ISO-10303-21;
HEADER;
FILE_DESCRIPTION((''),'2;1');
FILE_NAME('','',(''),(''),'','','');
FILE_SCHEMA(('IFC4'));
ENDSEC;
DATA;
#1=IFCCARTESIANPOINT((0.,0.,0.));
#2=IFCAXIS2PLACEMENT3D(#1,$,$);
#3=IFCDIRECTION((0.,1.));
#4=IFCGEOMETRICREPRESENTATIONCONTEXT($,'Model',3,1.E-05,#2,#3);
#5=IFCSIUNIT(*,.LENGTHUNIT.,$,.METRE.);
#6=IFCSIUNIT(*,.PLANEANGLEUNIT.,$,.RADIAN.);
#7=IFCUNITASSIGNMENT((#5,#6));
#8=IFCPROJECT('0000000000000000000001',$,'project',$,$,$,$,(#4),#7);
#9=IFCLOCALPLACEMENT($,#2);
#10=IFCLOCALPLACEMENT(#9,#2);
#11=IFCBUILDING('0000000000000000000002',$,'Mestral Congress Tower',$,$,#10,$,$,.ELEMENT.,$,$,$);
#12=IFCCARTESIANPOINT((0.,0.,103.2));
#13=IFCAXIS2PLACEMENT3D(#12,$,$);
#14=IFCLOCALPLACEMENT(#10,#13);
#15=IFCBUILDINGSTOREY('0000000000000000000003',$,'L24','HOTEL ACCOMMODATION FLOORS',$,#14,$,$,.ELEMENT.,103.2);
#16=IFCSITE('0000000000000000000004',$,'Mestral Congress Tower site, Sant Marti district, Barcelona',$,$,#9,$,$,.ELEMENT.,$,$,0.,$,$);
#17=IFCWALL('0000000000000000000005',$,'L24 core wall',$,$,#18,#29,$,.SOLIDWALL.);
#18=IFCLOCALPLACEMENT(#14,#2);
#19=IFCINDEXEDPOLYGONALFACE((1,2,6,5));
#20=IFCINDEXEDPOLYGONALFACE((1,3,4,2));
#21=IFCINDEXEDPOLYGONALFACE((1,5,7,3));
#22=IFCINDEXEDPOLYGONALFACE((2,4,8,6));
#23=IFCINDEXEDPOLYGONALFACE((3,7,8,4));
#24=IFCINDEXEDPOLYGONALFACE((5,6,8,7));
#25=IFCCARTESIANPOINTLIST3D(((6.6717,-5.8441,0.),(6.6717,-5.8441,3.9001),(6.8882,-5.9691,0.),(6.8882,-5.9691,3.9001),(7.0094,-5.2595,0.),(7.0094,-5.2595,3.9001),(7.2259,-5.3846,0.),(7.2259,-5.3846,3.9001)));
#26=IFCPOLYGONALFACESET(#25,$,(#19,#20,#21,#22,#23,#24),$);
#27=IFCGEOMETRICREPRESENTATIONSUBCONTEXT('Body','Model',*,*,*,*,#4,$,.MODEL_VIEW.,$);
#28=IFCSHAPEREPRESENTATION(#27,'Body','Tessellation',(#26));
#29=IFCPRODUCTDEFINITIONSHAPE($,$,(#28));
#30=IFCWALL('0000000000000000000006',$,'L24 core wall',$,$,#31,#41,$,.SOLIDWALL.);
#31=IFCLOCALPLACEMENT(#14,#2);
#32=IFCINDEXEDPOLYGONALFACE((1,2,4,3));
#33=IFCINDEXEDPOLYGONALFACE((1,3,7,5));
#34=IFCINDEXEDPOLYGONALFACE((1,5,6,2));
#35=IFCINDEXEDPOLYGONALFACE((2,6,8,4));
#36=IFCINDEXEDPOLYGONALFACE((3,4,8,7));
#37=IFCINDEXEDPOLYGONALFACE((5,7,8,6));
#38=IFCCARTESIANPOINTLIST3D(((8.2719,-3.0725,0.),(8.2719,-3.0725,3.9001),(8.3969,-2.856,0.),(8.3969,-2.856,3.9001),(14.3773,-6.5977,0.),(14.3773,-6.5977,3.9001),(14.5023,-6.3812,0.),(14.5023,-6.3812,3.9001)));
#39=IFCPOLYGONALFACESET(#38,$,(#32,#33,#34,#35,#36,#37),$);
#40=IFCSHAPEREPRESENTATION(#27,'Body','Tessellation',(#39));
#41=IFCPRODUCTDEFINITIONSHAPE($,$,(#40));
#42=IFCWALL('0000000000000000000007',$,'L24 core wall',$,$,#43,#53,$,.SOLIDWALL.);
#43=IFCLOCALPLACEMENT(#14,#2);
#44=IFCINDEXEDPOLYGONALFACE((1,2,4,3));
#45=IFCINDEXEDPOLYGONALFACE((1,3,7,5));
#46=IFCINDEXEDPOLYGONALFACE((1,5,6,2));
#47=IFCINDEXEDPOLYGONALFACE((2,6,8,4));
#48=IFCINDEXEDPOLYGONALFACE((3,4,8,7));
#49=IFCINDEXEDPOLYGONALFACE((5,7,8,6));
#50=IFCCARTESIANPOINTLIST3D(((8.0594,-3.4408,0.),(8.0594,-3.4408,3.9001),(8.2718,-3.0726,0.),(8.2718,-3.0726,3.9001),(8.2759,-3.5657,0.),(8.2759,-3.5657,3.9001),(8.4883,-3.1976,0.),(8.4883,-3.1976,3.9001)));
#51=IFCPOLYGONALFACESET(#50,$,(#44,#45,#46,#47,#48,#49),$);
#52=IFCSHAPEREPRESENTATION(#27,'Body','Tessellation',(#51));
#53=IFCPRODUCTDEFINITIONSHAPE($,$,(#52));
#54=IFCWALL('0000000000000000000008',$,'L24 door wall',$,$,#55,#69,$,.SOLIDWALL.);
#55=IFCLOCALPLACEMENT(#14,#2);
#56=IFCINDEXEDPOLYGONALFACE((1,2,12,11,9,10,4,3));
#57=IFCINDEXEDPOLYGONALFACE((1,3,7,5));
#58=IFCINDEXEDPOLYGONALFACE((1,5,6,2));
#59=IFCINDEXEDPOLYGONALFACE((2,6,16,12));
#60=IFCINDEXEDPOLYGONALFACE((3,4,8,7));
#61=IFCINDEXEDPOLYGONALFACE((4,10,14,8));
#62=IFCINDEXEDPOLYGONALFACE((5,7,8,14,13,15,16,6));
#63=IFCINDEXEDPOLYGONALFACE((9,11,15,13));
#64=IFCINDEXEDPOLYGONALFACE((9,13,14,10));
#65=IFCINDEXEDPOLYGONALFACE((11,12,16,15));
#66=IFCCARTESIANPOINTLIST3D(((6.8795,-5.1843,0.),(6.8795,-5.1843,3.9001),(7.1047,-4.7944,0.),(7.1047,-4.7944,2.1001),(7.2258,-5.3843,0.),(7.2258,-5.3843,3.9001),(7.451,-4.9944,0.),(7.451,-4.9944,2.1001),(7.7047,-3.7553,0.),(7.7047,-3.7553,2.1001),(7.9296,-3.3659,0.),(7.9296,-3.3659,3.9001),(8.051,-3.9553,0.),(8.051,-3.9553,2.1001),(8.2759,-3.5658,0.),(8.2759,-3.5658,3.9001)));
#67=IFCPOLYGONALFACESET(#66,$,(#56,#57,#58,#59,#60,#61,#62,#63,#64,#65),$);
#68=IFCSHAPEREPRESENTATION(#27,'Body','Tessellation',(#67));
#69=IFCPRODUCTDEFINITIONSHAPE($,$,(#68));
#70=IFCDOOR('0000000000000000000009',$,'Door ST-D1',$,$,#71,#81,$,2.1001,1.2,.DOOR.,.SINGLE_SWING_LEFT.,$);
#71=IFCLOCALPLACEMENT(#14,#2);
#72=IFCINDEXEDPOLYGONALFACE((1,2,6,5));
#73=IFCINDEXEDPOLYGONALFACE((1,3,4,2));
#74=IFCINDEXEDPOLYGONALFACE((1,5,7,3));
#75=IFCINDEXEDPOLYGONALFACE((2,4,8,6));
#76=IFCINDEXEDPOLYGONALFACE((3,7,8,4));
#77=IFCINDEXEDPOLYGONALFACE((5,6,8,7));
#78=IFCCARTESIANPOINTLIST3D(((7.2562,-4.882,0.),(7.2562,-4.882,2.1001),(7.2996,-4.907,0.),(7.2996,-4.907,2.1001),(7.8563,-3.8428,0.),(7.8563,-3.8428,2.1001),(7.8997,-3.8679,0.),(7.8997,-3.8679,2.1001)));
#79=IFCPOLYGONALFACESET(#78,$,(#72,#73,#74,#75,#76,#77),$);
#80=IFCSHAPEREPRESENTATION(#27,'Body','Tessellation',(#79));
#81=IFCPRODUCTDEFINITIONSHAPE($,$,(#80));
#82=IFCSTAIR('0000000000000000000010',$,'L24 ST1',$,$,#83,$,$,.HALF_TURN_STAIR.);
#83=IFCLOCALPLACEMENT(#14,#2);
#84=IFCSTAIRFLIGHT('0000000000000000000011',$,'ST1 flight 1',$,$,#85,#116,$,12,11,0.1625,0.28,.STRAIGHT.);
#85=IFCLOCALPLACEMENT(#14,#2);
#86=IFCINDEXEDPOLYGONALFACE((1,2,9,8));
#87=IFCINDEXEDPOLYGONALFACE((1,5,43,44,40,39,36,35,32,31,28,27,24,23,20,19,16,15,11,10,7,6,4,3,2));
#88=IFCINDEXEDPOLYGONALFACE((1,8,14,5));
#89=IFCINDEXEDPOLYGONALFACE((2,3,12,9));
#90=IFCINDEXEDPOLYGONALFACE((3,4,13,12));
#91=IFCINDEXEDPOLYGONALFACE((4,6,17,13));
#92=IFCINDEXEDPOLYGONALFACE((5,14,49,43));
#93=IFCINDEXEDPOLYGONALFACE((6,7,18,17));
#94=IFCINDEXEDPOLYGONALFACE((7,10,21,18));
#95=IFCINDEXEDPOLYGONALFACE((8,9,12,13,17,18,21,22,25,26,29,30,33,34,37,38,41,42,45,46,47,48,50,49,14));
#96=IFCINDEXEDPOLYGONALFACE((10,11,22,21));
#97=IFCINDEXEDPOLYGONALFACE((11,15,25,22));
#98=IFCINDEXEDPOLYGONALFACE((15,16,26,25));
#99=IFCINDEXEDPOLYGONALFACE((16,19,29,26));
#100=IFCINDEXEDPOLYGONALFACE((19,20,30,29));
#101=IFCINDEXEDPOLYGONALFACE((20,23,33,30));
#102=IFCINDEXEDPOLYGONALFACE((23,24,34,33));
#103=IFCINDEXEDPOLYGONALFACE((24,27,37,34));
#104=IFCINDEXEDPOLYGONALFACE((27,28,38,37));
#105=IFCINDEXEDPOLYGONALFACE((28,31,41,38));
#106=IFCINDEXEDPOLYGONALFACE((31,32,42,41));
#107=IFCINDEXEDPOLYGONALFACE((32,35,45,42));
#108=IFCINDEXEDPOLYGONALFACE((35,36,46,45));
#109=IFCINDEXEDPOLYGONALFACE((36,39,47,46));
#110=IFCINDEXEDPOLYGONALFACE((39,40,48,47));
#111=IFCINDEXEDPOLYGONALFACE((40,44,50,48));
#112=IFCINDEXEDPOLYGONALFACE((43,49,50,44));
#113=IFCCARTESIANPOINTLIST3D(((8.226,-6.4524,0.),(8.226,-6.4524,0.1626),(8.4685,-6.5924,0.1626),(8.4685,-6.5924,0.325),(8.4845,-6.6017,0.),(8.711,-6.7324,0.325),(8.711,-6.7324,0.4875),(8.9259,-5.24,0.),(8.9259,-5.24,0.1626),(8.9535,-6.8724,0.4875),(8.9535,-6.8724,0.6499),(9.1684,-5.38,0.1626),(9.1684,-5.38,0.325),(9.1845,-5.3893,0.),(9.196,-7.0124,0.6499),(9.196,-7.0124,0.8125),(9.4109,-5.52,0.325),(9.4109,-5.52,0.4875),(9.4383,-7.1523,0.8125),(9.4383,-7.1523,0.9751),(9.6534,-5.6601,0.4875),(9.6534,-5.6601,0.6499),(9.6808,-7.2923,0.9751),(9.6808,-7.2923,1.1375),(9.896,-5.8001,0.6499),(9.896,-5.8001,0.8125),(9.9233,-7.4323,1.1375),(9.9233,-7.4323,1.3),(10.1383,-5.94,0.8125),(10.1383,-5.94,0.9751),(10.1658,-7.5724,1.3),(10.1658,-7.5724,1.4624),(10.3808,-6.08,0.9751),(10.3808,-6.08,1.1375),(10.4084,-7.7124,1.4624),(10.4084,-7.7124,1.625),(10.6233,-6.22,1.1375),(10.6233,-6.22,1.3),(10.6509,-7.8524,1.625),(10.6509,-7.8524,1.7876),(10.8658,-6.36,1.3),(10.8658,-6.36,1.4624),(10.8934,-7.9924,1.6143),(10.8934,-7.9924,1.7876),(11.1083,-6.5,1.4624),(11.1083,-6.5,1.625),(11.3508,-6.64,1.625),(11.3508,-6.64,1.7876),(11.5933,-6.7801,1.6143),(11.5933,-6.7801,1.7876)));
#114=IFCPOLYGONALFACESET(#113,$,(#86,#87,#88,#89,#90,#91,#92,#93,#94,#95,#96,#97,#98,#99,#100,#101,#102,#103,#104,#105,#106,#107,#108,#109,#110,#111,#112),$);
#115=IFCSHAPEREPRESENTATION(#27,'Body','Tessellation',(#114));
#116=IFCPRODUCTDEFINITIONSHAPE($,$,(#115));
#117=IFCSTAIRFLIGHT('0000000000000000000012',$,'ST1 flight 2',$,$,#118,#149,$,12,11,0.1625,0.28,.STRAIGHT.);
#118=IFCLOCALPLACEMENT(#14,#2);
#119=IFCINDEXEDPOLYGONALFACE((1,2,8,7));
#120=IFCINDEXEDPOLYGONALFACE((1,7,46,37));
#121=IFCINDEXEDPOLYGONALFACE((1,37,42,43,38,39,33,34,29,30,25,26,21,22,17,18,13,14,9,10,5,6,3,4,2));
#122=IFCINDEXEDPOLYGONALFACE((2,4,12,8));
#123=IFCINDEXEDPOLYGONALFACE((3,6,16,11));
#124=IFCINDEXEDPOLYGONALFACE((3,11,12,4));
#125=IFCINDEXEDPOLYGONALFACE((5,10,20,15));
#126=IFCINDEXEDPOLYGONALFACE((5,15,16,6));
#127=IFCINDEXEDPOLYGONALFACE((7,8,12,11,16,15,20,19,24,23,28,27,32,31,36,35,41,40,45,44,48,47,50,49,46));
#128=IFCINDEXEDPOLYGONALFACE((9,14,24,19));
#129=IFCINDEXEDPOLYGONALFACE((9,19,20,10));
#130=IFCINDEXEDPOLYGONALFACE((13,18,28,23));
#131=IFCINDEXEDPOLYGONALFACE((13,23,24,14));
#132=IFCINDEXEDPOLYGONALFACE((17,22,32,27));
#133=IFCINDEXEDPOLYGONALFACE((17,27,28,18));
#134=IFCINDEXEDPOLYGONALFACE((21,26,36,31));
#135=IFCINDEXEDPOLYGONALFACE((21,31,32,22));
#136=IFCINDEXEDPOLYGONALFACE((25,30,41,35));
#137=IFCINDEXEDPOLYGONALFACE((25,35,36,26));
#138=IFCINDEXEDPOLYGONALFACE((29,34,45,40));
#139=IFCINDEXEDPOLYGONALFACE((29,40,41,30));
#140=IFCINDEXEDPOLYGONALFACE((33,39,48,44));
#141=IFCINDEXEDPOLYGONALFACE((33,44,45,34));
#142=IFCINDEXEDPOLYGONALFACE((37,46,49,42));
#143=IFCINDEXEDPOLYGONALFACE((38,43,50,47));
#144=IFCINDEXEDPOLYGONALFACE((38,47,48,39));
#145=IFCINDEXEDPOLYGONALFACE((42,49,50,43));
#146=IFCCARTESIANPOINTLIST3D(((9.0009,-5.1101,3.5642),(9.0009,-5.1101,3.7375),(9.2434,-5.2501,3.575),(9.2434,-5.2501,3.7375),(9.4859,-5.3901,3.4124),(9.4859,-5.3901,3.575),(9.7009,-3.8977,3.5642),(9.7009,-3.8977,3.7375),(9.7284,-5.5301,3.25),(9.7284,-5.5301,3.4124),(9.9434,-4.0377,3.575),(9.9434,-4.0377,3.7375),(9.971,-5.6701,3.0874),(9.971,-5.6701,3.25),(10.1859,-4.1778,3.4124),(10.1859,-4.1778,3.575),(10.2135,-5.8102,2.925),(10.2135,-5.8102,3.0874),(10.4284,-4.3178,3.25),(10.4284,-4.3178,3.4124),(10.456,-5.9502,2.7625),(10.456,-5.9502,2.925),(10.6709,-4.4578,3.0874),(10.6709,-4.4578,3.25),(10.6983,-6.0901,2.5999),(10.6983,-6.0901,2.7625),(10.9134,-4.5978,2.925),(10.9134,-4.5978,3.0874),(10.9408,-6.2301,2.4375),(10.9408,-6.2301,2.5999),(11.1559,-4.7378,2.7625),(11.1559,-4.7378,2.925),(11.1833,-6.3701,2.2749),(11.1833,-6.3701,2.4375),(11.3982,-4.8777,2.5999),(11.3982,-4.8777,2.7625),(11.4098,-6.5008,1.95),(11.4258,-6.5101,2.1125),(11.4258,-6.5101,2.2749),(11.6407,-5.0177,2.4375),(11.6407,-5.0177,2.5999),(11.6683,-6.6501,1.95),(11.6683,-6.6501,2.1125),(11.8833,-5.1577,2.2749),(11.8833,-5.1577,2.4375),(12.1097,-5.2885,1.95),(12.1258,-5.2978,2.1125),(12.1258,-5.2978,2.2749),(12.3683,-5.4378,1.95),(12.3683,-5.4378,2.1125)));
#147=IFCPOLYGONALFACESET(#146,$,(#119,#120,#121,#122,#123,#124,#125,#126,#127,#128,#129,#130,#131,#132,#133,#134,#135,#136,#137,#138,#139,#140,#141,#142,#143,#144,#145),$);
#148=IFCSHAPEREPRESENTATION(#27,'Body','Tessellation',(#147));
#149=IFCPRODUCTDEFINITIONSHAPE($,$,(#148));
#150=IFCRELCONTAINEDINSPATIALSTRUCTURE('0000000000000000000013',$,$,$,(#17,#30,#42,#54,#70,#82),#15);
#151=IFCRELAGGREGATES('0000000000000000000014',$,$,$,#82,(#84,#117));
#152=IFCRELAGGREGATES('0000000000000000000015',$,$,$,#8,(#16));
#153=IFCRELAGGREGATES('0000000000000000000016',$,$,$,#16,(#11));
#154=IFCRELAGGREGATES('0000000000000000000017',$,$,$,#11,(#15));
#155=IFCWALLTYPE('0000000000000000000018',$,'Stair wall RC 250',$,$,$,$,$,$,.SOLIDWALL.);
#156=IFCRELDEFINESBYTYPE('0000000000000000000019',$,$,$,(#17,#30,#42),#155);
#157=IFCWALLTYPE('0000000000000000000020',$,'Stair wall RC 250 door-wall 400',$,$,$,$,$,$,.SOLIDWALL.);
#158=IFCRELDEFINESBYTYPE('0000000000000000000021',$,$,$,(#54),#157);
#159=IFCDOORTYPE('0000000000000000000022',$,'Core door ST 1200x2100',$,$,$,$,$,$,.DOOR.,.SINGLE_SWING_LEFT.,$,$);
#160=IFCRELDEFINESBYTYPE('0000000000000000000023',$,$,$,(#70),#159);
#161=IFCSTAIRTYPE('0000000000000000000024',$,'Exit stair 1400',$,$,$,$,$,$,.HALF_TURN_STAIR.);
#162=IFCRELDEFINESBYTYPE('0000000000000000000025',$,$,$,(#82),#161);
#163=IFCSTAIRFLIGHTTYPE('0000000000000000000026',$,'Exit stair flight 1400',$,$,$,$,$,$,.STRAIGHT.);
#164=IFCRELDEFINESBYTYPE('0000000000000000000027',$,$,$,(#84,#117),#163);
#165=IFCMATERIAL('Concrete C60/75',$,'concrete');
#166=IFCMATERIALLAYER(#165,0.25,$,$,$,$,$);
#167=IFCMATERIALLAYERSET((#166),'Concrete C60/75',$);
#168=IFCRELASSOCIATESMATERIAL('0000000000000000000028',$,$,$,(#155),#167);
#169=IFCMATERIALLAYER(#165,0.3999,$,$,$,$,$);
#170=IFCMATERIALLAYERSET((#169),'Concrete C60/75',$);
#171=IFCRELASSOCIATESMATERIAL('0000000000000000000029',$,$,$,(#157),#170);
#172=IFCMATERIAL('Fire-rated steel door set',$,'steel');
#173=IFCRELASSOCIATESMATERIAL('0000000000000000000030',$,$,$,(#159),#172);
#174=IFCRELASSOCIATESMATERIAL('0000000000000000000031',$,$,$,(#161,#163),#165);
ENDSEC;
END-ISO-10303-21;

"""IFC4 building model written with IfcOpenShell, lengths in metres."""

from ifc_helpers import new_model, si_unit, direction, frame, frame_2d, origin, place, context, subcontext, project, spatial, polyline, rectangle, outline, extrude, material, layer, layer_set, type_object, element, fill, aggregate, save


model = new_model("IFC4")

# Units and contexts
model_context = context("Model", 3, precision=1e-05, world=origin(), true_north=direction((0.0, 1.0)))
body_context = subcontext(model_context, "Body", "Model", "MODEL_VIEW")
ifc_project = project(units=[si_unit("LENGTHUNIT", "METRE"), si_unit("PLANEANGLEUNIT", "RADIAN")], contexts=[model_context])

# Site, building, storey
site_placement = place(None, origin())
site = spatial("IfcSite", under=ifc_project, at=site_placement, Name="Mestral Congress Tower site, Sant Marti district, Barcelona", CompositionType="ELEMENT", RefElevation=0.0)
building_placement = place(site_placement, origin())
building = spatial("IfcBuilding", under=site, at=building_placement, Name="Mestral Congress Tower", CompositionType="ELEMENT")
storey_placement = place(building_placement, frame((0.0, 0.0, 103.2)))
storey = spatial("IfcBuildingStorey", under=building, at=storey_placement, Name="L24", Description="HOTEL ACCOMMODATION FLOORS", CompositionType="ELEMENT", Elevation=103.2)

# Shared definitions
ifc_material_1 = material(Name="Fire-rated steel door set", Category="steel")

# Shared definitions
ifc_material_2 = material(Name="Concrete C60/75", Category="concrete")

# Walls
ifc_layer_1 = layer(ifc_material_2, 0.25)
ifc_layer_set_1 = layer_set([ifc_layer_1], Name="Concrete C60/75")
wall_type_1 = type_object("IfcWallType", Name="Stair wall RC 250", PredefinedType="SOLIDWALL", material=ifc_layer_set_1)
wall_1_placement = place(storey_placement, frame((6.78, -5.9065, 0.0), z_axis=(0.0, 0.0, 1.0), x_axis=(0.500223, 0.865896, 0.0)))
element("IfcWall", 1, at=wall_1_placement, inside=storey, type_object=wall_type_1, Name="L24 core wall", PredefinedType="SOLIDWALL", context=body_context, shape_type="SweptSolid", body=[
    extrude(rectangle(XDim=0.675, YDim=0.25, at=frame_2d((0.3374, 0.0))), origin(), (0.0, 0.0, 1.0), 3.9001),
])
wall_2_placement = place(storey_placement, frame((8.3345, -2.9644, 0.0), z_axis=(0.0, 0.0, 1.0), x_axis=(0.866016, -0.500016, 0.0)))
element("IfcWall", 2, at=wall_2_placement, inside=storey, type_object=wall_type_1, Name="L24 core wall", PredefinedType="SOLIDWALL", context=body_context, shape_type="SweptSolid", body=[
    extrude(rectangle(XDim=7.05, YDim=0.25, at=frame_2d((3.5249, 0.0))), origin(), (0.0, 0.0, 1.0), 3.9001),
])
wall_3_placement = place(storey_placement, frame((8.1677, -3.5032, 0.0), z_axis=(0.0, 0.0, 1.0), x_axis=(0.499722, 0.866186, 0.0)))
element("IfcWall", 3, at=wall_3_placement, inside=storey, type_object=wall_type_1, Name="L24 core wall", PredefinedType="SOLIDWALL", context=body_context, shape_type="SweptSolid", body=[
    extrude(rectangle(XDim=0.425, YDim=0.25, at=frame_2d((0.2124, 0.0))), origin(), (0.0, 0.0, 1.0), 3.9001),
])

# Wall, opening, door
ifc_layer_2 = layer(ifc_material_2, 0.3999)
ifc_layer_set_2 = layer_set([ifc_layer_2], Name="Concrete C60/75")
wall_type_2 = type_object("IfcWallType", Name="Stair wall RC 250 door-wall 400", PredefinedType="SOLIDWALL", material=ifc_layer_set_2)
wall_4_placement = place(storey_placement, frame((7.0527, -5.2842, 0.0), z_axis=(0.0, 0.0, 1.0), x_axis=(0.500078, 0.86598, 0.0)))
wall_4 = element("IfcWall", 4, at=wall_4_placement, inside=storey, type_object=wall_type_2, Name="L24 door wall", PredefinedType="SOLIDWALL", context=body_context, shape_type="SweptSolid", body=[
    extrude(rectangle(XDim=2.0999, YDim=0.3999, at=frame_2d((1.0498, 0.0))), origin(), (0.0, 0.0, 1.0), 3.9001),
])
opening_1_placement = place(wall_4_placement, frame((0.45, 0.0, 0.0)))
opening_1 = element("IfcOpeningElement", 5, at=opening_1_placement, cuts=wall_4, PredefinedType="OPENING", context=body_context, shape_type="SweptSolid", body=[
    extrude(rectangle(XDim=1.2, YDim=2.1001, at=frame_2d((0.6001, 1.05))), frame((0.0, 0.21, 0.0), z_axis=(0.0, -1.0, 0.0), x_axis=(1.0, 0.0, 0.0)), (0.0, 0.0, 1.0), 0.4199),
])
door_type_1 = type_object("IfcDoorType", Name="Core door ST 1200x2100", OperationType="SINGLE_SWING_LEFT", PredefinedType="DOOR", material=ifc_material_1)
door_1_placement = place(opening_1_placement, origin())
door_1 = element("IfcDoor", 6, at=door_1_placement, inside=storey, type_object=door_type_1, Name="Door ST-D1", OperationType="SINGLE_SWING_LEFT", OverallHeight=2.1001, OverallWidth=1.2, PredefinedType="DOOR", context=body_context, shape_type="SweptSolid", body=[
    extrude(rectangle(XDim=1.2, YDim=2.1001, at=frame_2d((0.6001, 1.05))), frame((0.0, 0.0249, 0.0), z_axis=(0.0, -1.0, 0.0), x_axis=(1.0, 0.0, 0.0)), (0.0, 0.0, 1.0), 0.05),
])
fill(opening_1, door_1)

# Stair, stair flights
stair_type = type_object("IfcStairType", Name="Exit stair 1400", PredefinedType="HALF_TURN_STAIR", material=ifc_material_2)
stair_placement = place(storey_placement, origin())
stair = element("IfcStair", 7, at=stair_placement, inside=storey, type_object=stair_type, Name="L24 ST1", PredefinedType="HALF_TURN_STAIR")
stair_flight_type = type_object("IfcStairFlightType", Name="Exit stair flight 1400", PredefinedType="STRAIGHT", material=ifc_material_2)
stair_flight_1_placement = place(storey_placement, frame((8.5759, -5.8462, 0.0), z_axis=(0.0, 0.0, 1.0), x_axis=(0.866025, -0.5, 0.0)))
stair_flight_1 = element("IfcStairFlight", 8, at=stair_flight_1_placement, type_object=stair_flight_type, Name="ST1 flight 1", NumberOfRisers=12, NumberOfTreads=11, PredefinedType="STRAIGHT", RiserHeight=0.1625, TreadLength=0.28, context=body_context, shape_type="SweptSolid", body=[
    extrude(outline(polyline([(0.0, 0.0), (0.0, 0.1626), (0.28, 0.1626), (0.28, 0.325), (0.5601, 0.325), (0.5601, 0.4875), (0.8401, 0.4875), (0.8401, 0.6499), (1.1201, 0.6499), (1.1201, 0.8125), (1.3999, 0.8125), (1.3999, 0.9751), (1.6799, 0.9751), (1.6799, 1.1375), (1.96, 1.1375), (1.96, 1.3), (2.24, 1.3), (2.24, 1.4624), (2.52, 1.4624), (2.52, 1.625), (2.8, 1.625), (2.8, 1.7876), (3.0801, 1.7876), (3.0801, 1.95), (3.0801, 1.6143), (0.2986, 0.0), (0.0, 0.0)])), frame((0.0, 0.7, 0.0), z_axis=(0.0, -1.0, 0.0), x_axis=(1.0, 0.0, 0.0)), (0.0, 0.0, 1.0), 1.3999),
])
stair_flight_2_placement = place(storey_placement, frame((12.0183, -6.0439, 1.95), z_axis=(0.0, 0.0, 1.0), x_axis=(-0.866025, 0.5, 0.0)))
stair_flight_2 = element("IfcStairFlight", 9, at=stair_flight_2_placement, type_object=stair_flight_type, Name="ST1 flight 2", NumberOfRisers=12, NumberOfTreads=11, PredefinedType="STRAIGHT", RiserHeight=0.1625, TreadLength=0.28, context=body_context, shape_type="SweptSolid", body=[
    extrude(outline(polyline([(0.0, 0.0), (0.0, 0.1626), (0.28, 0.1626), (0.28, 0.325), (0.5601, 0.325), (0.5601, 0.4875), (0.8401, 0.4875), (0.8401, 0.6499), (1.1201, 0.6499), (1.1201, 0.8125), (1.3999, 0.8125), (1.3999, 0.9751), (1.6799, 0.9751), (1.6799, 1.1375), (1.96, 1.1375), (1.96, 1.3), (2.24, 1.3), (2.24, 1.4624), (2.52, 1.4624), (2.52, 1.625), (2.8, 1.625), (2.8, 1.7876), (3.0801, 1.7876), (3.0801, 1.95), (3.0801, 1.6143), (0.2986, 0.0), (0.0, 0.0)])), frame((0.0, 0.7, 0.0), z_axis=(0.0, -1.0, 0.0), x_axis=(1.0, 0.0, 0.0)), (0.0, 0.0, 1.0), 1.3999),
])
aggregate(stair, [stair_flight_1, stair_flight_2])

save(model, "model.ifc")
